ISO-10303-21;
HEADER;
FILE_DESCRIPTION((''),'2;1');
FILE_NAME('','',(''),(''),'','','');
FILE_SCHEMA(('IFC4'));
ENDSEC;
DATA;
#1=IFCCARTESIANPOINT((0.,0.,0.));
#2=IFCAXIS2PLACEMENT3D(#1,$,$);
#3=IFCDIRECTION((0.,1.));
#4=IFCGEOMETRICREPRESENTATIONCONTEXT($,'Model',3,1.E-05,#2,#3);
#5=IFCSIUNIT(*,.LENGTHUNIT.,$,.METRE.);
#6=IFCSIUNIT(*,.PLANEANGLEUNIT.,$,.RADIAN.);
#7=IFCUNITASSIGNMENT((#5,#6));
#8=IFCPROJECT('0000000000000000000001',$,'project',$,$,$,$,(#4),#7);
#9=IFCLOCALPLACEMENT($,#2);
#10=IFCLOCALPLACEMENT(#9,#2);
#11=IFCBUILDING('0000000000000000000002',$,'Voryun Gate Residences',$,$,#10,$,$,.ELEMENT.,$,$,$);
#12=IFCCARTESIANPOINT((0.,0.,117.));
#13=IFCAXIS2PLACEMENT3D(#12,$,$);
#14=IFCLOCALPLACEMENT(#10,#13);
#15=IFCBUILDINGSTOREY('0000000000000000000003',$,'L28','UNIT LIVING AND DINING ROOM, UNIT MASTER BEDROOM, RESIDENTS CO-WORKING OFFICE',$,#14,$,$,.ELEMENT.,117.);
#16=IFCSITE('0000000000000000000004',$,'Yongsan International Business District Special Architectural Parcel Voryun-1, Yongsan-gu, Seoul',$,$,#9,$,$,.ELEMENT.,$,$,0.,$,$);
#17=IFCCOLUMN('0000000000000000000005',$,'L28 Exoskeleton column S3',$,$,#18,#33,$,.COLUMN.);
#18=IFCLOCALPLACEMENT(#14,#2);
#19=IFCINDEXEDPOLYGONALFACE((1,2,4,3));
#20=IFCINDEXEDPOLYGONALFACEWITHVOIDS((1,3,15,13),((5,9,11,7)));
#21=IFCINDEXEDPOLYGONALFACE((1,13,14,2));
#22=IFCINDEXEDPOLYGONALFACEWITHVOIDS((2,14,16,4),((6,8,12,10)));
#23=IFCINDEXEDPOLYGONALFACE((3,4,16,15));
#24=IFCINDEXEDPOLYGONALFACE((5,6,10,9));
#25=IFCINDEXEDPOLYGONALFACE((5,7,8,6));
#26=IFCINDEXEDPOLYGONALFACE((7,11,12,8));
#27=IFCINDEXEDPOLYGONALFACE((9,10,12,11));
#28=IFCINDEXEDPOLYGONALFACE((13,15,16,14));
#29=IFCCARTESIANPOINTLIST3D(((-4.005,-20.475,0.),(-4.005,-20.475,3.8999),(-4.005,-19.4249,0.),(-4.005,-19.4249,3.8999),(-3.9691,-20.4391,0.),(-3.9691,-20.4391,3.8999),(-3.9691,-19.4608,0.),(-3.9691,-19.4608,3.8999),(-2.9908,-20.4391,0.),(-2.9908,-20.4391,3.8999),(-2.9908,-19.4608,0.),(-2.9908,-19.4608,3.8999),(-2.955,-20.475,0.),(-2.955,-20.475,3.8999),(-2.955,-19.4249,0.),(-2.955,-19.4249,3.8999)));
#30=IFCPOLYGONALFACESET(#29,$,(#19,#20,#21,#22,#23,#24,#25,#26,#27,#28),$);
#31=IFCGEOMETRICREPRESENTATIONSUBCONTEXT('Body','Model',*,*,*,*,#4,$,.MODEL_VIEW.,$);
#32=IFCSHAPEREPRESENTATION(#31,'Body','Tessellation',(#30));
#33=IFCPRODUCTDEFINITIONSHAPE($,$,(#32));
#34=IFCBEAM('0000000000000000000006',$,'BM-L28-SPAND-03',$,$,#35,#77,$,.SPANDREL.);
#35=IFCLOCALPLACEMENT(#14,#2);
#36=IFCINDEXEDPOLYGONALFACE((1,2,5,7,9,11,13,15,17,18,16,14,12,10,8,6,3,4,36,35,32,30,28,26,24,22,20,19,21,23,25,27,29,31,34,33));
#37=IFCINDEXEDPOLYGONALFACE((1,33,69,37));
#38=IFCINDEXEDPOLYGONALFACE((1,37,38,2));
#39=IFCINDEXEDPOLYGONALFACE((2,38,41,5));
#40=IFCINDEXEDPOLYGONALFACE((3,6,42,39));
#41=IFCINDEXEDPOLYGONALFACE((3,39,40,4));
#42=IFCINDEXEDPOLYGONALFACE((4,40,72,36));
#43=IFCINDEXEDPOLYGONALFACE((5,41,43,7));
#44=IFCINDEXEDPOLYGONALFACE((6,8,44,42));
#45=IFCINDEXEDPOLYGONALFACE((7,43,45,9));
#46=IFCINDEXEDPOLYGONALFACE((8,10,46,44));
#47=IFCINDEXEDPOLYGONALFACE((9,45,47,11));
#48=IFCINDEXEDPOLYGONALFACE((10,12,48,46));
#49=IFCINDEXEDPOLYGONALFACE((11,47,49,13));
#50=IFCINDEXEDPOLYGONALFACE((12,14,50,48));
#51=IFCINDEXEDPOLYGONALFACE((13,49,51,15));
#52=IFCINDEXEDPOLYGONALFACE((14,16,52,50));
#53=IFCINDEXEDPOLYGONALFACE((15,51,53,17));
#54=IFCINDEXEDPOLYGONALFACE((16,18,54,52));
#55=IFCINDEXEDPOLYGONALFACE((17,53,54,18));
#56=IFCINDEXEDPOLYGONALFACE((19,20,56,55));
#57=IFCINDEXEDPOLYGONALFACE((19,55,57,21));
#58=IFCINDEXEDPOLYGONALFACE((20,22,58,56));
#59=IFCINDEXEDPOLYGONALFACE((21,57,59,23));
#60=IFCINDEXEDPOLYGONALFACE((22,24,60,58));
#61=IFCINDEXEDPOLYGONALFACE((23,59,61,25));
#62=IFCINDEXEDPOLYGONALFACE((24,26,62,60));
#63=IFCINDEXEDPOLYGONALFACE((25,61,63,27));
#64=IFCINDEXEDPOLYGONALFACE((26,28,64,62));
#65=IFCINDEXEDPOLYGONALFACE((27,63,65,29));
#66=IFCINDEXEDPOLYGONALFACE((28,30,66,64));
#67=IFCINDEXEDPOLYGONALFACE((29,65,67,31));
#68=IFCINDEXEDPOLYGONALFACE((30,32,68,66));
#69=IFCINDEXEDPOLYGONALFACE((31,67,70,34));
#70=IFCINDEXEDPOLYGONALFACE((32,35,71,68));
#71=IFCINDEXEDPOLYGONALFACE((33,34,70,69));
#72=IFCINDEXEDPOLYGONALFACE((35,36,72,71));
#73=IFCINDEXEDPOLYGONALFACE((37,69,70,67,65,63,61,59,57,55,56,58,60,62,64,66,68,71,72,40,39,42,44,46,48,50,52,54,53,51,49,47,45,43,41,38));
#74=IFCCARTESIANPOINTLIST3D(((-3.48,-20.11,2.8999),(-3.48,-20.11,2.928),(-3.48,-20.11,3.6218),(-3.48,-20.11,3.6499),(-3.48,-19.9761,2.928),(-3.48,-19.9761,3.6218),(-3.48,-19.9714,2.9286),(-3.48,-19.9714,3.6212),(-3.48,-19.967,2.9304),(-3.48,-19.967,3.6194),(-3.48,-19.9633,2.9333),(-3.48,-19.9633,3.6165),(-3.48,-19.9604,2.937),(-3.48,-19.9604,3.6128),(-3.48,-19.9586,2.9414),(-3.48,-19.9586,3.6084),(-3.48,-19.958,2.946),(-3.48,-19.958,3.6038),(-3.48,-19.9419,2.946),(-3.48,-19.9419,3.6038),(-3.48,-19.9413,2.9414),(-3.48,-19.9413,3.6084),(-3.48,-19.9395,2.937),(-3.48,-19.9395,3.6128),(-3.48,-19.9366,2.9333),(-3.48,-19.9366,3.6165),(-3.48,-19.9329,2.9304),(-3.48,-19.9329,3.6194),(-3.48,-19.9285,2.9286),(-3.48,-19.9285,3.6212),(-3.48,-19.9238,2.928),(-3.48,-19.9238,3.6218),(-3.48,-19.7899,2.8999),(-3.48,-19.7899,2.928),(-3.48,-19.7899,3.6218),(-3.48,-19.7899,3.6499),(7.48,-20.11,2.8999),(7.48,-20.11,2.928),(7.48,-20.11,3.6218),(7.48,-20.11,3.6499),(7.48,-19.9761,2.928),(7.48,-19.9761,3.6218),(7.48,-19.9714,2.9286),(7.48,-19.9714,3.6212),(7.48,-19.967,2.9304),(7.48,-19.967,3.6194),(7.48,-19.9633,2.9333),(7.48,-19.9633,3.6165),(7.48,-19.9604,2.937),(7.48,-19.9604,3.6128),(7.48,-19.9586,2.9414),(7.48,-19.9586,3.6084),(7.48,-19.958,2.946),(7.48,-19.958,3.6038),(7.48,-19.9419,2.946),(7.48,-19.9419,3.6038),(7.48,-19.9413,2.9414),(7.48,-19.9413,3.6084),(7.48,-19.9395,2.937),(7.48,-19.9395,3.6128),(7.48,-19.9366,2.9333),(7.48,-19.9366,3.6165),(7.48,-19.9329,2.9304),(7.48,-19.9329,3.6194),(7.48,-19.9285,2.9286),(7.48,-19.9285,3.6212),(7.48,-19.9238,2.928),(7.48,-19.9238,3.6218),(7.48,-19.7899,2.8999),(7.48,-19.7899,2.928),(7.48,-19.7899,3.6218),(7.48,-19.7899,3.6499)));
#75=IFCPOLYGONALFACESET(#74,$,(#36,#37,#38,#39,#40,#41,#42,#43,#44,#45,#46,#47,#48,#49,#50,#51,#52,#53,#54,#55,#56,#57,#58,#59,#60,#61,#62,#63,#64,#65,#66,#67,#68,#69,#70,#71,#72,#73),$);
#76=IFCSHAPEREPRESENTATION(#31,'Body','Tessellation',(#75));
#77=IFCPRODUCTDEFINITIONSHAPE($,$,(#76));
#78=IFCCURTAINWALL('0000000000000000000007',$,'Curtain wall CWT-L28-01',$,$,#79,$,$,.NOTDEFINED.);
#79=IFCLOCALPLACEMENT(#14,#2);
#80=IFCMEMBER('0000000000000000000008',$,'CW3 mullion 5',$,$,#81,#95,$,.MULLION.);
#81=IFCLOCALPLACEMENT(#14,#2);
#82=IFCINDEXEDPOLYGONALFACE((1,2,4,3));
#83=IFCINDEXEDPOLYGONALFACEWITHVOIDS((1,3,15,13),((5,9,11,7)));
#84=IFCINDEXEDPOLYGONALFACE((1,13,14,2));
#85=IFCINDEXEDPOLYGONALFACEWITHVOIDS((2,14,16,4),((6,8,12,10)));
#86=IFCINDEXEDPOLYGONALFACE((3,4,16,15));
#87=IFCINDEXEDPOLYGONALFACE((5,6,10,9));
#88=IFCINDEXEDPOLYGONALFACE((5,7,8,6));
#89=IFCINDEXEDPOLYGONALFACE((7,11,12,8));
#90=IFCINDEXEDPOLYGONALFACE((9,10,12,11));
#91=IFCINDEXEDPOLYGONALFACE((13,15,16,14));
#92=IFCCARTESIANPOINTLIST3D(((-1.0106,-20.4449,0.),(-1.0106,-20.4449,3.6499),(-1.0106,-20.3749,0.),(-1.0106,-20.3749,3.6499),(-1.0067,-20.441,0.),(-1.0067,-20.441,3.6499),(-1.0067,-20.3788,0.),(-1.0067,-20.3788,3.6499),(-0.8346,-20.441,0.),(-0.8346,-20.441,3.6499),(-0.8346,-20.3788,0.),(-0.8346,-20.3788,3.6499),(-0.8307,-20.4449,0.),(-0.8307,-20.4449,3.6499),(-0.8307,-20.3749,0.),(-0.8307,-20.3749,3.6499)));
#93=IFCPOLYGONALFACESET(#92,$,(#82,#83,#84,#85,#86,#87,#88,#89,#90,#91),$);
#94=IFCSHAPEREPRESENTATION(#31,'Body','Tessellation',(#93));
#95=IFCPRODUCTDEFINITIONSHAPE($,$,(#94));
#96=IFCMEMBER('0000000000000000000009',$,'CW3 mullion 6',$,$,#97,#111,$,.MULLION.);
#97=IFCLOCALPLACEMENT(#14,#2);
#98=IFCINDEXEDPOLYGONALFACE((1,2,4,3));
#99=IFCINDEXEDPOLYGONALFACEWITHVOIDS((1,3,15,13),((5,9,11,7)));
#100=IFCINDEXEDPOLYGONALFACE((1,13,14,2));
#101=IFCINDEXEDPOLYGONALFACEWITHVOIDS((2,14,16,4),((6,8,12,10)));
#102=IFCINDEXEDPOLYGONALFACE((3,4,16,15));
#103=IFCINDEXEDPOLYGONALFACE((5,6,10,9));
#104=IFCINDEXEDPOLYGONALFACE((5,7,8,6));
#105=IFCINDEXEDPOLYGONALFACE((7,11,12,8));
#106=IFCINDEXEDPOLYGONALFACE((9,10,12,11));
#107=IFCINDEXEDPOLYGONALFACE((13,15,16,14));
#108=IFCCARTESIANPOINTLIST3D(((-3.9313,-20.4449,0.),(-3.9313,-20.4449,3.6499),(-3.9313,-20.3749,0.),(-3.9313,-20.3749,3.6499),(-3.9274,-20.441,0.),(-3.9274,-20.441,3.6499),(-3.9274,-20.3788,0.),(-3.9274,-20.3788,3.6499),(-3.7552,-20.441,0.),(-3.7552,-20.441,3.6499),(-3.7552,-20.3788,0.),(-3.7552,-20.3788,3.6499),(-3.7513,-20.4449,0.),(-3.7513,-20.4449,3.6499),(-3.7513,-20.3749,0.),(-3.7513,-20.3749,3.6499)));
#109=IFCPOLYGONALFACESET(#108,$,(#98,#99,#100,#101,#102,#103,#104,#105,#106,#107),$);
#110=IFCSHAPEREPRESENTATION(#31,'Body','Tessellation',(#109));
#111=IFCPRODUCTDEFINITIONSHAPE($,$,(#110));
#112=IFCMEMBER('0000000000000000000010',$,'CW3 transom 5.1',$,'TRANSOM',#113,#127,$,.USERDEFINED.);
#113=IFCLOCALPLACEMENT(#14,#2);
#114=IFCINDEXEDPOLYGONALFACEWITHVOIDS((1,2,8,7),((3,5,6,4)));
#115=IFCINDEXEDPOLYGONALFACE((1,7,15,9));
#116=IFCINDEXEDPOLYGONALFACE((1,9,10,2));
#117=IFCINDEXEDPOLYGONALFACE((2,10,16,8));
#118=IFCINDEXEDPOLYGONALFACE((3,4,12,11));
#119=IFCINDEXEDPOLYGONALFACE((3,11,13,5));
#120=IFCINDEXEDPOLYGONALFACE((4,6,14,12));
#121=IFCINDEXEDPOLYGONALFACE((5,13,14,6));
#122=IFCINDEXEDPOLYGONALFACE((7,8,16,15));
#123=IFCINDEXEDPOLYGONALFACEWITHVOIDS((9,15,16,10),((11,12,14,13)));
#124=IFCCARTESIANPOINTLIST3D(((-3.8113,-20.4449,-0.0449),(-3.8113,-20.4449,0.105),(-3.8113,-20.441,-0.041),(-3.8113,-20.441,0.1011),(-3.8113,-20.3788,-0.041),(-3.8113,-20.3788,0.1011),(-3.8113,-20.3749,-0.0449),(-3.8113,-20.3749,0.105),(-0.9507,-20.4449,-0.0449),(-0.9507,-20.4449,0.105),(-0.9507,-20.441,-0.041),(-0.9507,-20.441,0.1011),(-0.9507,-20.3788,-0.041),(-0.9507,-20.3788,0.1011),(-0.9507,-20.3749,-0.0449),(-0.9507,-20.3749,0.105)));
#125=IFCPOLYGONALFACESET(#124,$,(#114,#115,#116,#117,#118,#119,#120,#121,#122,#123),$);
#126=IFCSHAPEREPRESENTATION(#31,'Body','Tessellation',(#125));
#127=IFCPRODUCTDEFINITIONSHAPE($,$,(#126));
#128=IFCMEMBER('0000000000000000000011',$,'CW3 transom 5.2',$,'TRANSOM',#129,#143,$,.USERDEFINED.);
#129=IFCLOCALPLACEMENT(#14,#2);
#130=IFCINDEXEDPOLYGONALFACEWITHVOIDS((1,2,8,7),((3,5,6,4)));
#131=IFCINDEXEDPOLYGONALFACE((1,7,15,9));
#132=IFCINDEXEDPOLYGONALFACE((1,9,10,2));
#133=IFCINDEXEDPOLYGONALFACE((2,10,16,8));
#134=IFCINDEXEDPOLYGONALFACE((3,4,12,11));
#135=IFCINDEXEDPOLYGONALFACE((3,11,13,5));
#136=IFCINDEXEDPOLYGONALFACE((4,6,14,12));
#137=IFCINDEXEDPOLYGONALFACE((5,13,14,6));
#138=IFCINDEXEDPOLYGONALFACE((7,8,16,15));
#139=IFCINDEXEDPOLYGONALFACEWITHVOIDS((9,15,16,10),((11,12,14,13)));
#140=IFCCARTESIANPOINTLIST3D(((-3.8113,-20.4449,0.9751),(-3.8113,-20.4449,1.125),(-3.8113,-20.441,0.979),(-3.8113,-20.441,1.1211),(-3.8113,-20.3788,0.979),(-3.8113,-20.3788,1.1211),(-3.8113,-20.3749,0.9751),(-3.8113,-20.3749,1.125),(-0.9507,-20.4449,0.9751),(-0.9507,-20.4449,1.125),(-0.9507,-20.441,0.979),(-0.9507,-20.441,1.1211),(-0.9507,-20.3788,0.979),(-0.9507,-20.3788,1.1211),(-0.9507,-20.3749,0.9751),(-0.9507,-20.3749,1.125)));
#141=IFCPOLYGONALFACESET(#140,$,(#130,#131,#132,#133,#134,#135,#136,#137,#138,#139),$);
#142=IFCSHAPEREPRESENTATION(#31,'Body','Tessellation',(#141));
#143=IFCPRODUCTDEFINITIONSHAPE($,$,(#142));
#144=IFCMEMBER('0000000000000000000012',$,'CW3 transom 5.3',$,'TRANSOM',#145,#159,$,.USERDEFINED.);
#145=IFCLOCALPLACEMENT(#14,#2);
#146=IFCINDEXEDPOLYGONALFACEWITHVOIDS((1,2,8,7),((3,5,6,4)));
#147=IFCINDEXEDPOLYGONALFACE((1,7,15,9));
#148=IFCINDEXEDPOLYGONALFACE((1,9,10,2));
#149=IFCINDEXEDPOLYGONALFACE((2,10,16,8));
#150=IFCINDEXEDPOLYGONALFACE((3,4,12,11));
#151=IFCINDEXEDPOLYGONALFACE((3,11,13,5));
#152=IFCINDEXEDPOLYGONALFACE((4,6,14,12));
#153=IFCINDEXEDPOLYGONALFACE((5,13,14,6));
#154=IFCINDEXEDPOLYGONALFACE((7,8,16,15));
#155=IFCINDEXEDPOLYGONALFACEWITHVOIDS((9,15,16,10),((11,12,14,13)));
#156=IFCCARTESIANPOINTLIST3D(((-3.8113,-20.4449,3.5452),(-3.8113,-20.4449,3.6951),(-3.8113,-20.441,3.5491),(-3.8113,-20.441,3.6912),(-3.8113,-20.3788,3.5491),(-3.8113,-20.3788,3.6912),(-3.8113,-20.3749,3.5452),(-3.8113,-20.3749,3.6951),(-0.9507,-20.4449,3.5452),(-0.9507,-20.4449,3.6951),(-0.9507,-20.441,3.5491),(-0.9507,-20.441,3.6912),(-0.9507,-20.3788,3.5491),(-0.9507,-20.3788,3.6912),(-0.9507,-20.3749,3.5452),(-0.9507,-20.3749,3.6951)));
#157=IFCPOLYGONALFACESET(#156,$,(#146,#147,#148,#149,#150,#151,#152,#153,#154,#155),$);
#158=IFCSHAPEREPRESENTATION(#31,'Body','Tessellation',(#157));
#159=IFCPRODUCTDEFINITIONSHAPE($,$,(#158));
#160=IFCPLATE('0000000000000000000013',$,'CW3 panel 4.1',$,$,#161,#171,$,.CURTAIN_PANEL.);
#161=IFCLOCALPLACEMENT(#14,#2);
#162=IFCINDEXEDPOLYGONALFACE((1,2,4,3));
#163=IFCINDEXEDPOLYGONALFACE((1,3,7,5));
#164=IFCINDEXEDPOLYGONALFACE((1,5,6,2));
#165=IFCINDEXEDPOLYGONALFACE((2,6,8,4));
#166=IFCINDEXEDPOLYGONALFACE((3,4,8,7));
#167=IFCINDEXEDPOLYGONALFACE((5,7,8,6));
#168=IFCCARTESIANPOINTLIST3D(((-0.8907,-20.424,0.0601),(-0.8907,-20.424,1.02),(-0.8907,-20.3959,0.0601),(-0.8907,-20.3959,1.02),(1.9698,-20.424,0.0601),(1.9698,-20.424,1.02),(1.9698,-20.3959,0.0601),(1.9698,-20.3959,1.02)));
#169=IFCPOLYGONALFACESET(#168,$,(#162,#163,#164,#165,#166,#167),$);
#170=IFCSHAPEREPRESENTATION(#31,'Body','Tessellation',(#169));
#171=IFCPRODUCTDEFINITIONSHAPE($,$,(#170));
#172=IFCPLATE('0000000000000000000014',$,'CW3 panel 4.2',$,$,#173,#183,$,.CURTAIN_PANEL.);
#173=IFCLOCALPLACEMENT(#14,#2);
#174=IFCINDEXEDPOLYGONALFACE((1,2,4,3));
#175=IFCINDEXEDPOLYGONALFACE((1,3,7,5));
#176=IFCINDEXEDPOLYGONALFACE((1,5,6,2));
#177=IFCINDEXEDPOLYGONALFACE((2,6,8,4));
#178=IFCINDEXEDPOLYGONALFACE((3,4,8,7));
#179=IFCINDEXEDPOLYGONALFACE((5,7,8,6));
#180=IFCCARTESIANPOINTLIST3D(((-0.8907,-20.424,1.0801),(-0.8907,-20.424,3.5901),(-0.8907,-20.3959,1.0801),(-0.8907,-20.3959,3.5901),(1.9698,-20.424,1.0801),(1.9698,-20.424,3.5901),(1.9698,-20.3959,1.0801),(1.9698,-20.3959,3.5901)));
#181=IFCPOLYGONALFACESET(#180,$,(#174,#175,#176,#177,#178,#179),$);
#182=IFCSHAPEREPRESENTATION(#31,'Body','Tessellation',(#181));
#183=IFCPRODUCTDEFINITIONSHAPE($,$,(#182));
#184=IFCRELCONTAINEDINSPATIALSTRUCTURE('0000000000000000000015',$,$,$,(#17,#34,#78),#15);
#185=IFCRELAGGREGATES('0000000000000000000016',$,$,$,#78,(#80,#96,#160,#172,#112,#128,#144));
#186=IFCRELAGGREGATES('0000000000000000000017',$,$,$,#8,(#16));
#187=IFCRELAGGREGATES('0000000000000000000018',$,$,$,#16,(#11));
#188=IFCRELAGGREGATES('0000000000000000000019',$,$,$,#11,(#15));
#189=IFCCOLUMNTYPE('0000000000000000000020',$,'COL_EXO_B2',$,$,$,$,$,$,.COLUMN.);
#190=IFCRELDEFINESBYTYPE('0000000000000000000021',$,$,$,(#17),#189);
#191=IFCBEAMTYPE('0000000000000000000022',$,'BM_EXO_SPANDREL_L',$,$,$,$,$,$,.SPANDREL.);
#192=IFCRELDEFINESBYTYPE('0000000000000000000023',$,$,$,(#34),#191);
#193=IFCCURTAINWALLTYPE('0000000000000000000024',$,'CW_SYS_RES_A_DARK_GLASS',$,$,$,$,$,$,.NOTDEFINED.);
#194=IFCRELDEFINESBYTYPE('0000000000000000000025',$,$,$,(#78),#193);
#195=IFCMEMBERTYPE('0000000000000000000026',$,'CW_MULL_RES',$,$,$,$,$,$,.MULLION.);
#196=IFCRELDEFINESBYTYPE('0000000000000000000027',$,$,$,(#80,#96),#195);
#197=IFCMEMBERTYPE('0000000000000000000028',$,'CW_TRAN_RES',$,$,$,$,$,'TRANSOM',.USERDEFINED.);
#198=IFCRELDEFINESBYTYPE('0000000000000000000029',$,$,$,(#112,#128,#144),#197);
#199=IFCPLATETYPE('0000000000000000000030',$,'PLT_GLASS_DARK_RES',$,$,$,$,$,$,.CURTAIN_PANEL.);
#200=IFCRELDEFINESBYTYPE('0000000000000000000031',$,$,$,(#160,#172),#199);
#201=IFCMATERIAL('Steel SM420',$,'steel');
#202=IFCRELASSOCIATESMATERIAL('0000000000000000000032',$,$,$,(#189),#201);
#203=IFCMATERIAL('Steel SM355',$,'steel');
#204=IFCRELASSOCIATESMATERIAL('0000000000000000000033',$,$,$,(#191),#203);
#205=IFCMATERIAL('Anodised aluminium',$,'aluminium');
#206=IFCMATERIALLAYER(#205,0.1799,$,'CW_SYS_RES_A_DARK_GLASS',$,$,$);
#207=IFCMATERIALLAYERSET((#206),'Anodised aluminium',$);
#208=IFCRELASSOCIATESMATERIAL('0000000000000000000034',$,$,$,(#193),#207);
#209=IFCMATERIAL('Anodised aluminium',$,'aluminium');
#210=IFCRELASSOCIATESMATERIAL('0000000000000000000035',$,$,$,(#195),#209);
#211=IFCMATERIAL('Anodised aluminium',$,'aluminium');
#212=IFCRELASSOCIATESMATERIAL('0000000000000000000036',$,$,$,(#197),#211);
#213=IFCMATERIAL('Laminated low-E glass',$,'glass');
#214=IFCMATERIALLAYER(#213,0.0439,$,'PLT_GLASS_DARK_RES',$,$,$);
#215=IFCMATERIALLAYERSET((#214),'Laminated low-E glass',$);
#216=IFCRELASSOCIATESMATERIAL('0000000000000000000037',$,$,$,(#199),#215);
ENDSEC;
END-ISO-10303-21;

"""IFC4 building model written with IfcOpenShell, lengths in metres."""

from ifc_helpers import new_model, si_unit, direction, frame, origin, origin_2d, place, context, subcontext, project, spatial, rectangle, hollow_rectangle, i_section, extrude, material, layer, layer_set, material_profile, profile_set, type_object, element, aggregate, save


model = new_model("IFC4")

# Units and contexts
model_context = context("Model", 3, precision=1e-05, world=origin(), true_north=direction((0.0, 1.0)))
body_context = subcontext(model_context, "Body", "Model", "MODEL_VIEW")
ifc_project = project(units=[si_unit("LENGTHUNIT", "METRE"), si_unit("PLANEANGLEUNIT", "RADIAN")], contexts=[model_context])

# Site, building, storey
site_placement = place(None, origin())
site = spatial("IfcSite", under=ifc_project, at=site_placement, Name="Yongsan International Business District Special Architectural Parcel Voryun-1, Yongsan-gu, Seoul", CompositionType="ELEMENT", RefElevation=0.0)
building_placement = place(site_placement, origin())
building = spatial("IfcBuilding", under=site, at=building_placement, Name="Voryun Gate Residences", CompositionType="ELEMENT")
storey_placement = place(building_placement, frame((0.0, 0.0, 117.0)))
storey = spatial("IfcBuildingStorey", under=building, at=storey_placement, Name="L28", Description="UNIT LIVING AND DINING ROOM, UNIT MASTER BEDROOM, RESIDENTS CO-WORKING OFFICE", CompositionType="ELEMENT", Elevation=117.0)

# Column
ifc_material_1 = material(Name="Steel SM420", Category="steel")
ifc_material_profile_1 = material_profile(ifc_material_1, hollow_rectangle(XDim=1.05, YDim=1.05, WallThickness=0.0359, at=origin_2d()), Name="BOX-1050x1050x36")
ifc_profile_set_1 = profile_set([ifc_material_profile_1], Name="Steel SM420")
column_type = type_object("IfcColumnType", Name="COL_EXO_B2", PredefinedType="COLUMN", material=ifc_profile_set_1)
column_placement = place(storey_placement, frame((-3.48, -19.95, 0.0), z_axis=(0.0, 0.0, 1.0), x_axis=(1.0, 0.0, 0.0)))
element("IfcColumn", 1, at=column_placement, inside=storey, type_object=column_type, Name="L28 Exoskeleton column S3", PredefinedType="COLUMN", context=body_context, shape_type="SweptSolid", body=[
    extrude(hollow_rectangle(XDim=1.05, YDim=1.05, WallThickness=0.0359, at=origin_2d()), origin(), (0.0, 0.0, 1.0), 3.8999),
])

# Beam
ifc_material_2 = material(Name="Steel SM355", Category="steel")
ifc_material_profile_2 = material_profile(ifc_material_2, i_section(OverallWidth=0.3201, OverallDepth=0.75, WebThickness=0.0161, FlangeThickness=0.0281, FilletRadius=0.0181, at=origin_2d()), Name="H-750x320x16x28")
ifc_profile_set_2 = profile_set([ifc_material_profile_2], Name="Steel SM355")
beam_type = type_object("IfcBeamType", Name="BM_EXO_SPANDREL_L", PredefinedType="SPANDREL", material=ifc_profile_set_2)
beam_placement = place(storey_placement, frame((-3.48, -19.95, 3.2749), z_axis=(1.0, 0.0, 0.0), x_axis=(0.0, 1.0, 0.0)))
element("IfcBeam", 2, at=beam_placement, inside=storey, type_object=beam_type, Name="BM-L28-SPAND-03", PredefinedType="SPANDREL", context=body_context, shape_type="SweptSolid", body=[
    extrude(i_section(OverallWidth=0.3201, OverallDepth=0.75, WebThickness=0.0161, FlangeThickness=0.0281, FilletRadius=0.0181, at=origin_2d()), origin(), (0.0, 0.0, 1.0), 10.96),
])

# Curtain wall, members, plates
ifc_material_3 = material(Name="Anodised aluminium", Category="aluminium")
ifc_layer_1 = layer(ifc_material_3, 0.1799, Name="CW_SYS_RES_A_DARK_GLASS")
ifc_layer_set_1 = layer_set([ifc_layer_1], Name="Anodised aluminium")
curtain_wall_type = type_object("IfcCurtainWallType", Name="CW_SYS_RES_A_DARK_GLASS", PredefinedType="NOTDEFINED", material=ifc_layer_set_1)
curtain_wall_placement = place(storey_placement, origin())
curtain_wall = element("IfcCurtainWall", 3, at=curtain_wall_placement, inside=storey, type_object=curtain_wall_type, Name="Curtain wall CWT-L28-01", PredefinedType="NOTDEFINED")
ifc_material_4 = material(Name="Anodised aluminium", Category="aluminium")
ifc_material_profile_3 = material_profile(ifc_material_4, hollow_rectangle(XDim=0.0701, YDim=0.1799, WallThickness=0.0039, at=origin_2d()), Name="ALU-MULL-180x70x4")
ifc_profile_set_3 = profile_set([ifc_material_profile_3], Name="Anodised aluminium")
member_type_1 = type_object("IfcMemberType", Name="CW_MULL_RES", PredefinedType="MULLION", material=ifc_profile_set_3)
member_1_placement = place(storey_placement, frame((-0.9207, -20.4099, 0.0), z_axis=(0.0, 0.0, 1.0), x_axis=(0.0, -1.0, 0.0)))
member_1 = element("IfcMember", 4, at=member_1_placement, type_object=member_type_1, Name="CW3 mullion 5", PredefinedType="MULLION", context=body_context, shape_type="SweptSolid", body=[
    extrude(hollow_rectangle(XDim=0.0701, YDim=0.1799, WallThickness=0.0039, at=origin_2d()), origin(), (0.0, 0.0, 1.0), 3.6499),
])
member_2_placement = place(storey_placement, frame((-3.8413, -20.4099, 0.0), z_axis=(0.0, 0.0, 1.0), x_axis=(0.0, -1.0, 0.0)))
member_2 = element("IfcMember", 5, at=member_2_placement, type_object=member_type_1, Name="CW3 mullion 6", PredefinedType="MULLION", context=body_context, shape_type="SweptSolid", body=[
    extrude(hollow_rectangle(XDim=0.0701, YDim=0.1799, WallThickness=0.0039, at=origin_2d()), origin(), (0.0, 0.0, 1.0), 3.6499),
])
ifc_material_5 = material(Name="Anodised aluminium", Category="aluminium")
ifc_material_profile_4 = material_profile(ifc_material_5, hollow_rectangle(XDim=0.0701, YDim=0.1499, WallThickness=0.0039, at=origin_2d()), Name="ALU-TRAN-150x70x4")
ifc_profile_set_4 = profile_set([ifc_material_profile_4], Name="Anodised aluminium")
member_type_2 = type_object("IfcMemberType", Name="CW_TRAN_RES", ElementType="TRANSOM", PredefinedType="USERDEFINED", material=ifc_profile_set_4)
member_3_placement = place(storey_placement, frame((-0.9507, -20.4099, 0.03), z_axis=(-1.0, 0.0, 0.0), x_axis=(0.0, -1.0, 0.0)))
member_3 = element("IfcMember", 6, at=member_3_placement, type_object=member_type_2, Name="CW3 transom 5.1", ObjectType="TRANSOM", PredefinedType="USERDEFINED", context=body_context, shape_type="SweptSolid", body=[
    extrude(hollow_rectangle(XDim=0.0701, YDim=0.1499, WallThickness=0.0039, at=origin_2d()), origin(), (0.0, 0.0, 1.0), 2.8606),
])
member_4_placement = place(storey_placement, frame((-0.9507, -20.4099, 1.05), z_axis=(-1.0, 0.0, 0.0), x_axis=(0.0, -1.0, 0.0)))
member_4 = element("IfcMember", 7, at=member_4_placement, type_object=member_type_2, Name="CW3 transom 5.2", ObjectType="TRANSOM", PredefinedType="USERDEFINED", context=body_context, shape_type="SweptSolid", body=[
    extrude(hollow_rectangle(XDim=0.0701, YDim=0.1499, WallThickness=0.0039, at=origin_2d()), origin(), (0.0, 0.0, 1.0), 2.8606),
])
member_5_placement = place(storey_placement, frame((-0.9507, -20.4099, 3.6201), z_axis=(-1.0, 0.0, 0.0), x_axis=(0.0, -1.0, 0.0)))
member_5 = element("IfcMember", 8, at=member_5_placement, type_object=member_type_2, Name="CW3 transom 5.3", ObjectType="TRANSOM", PredefinedType="USERDEFINED", context=body_context, shape_type="SweptSolid", body=[
    extrude(hollow_rectangle(XDim=0.0701, YDim=0.1499, WallThickness=0.0039, at=origin_2d()), origin(), (0.0, 0.0, 1.0), 2.8606),
])
ifc_material_6 = material(Name="Laminated low-E glass", Category="glass")
ifc_layer_2 = layer(ifc_material_6, 0.0439, Name="PLT_GLASS_DARK_RES")
ifc_layer_set_2 = layer_set([ifc_layer_2], Name="Laminated low-E glass")
plate_type = type_object("IfcPlateType", Name="PLT_GLASS_DARK_RES", PredefinedType="CURTAIN_PANEL", material=ifc_layer_set_2)
plate_1_placement = place(storey_placement, frame((0.5396, -20.4099, 0.0601), z_axis=(0.0, 0.0, 1.0), x_axis=(-1.0, 0.0, 0.0)))
plate_1 = element("IfcPlate", 9, at=plate_1_placement, type_object=plate_type, Name="CW3 panel 4.1", PredefinedType="CURTAIN_PANEL", context=body_context, shape_type="SweptSolid", body=[
    extrude(rectangle(XDim=2.8606, YDim=0.0281, at=origin_2d()), origin(), (0.0, 0.0, 1.0), 0.96),
])
plate_2_placement = place(storey_placement, frame((0.5396, -20.4099, 1.0801), z_axis=(0.0, 0.0, 1.0), x_axis=(-1.0, 0.0, 0.0)))
plate_2 = element("IfcPlate", 10, at=plate_2_placement, type_object=plate_type, Name="CW3 panel 4.2", PredefinedType="CURTAIN_PANEL", context=body_context, shape_type="SweptSolid", body=[
    extrude(rectangle(XDim=2.8606, YDim=0.0281, at=origin_2d()), origin(), (0.0, 0.0, 1.0), 2.51),
])
aggregate(curtain_wall, [member_1, member_2, plate_1, plate_2, member_3, member_4, member_5])

save(model, "model.ifc")
